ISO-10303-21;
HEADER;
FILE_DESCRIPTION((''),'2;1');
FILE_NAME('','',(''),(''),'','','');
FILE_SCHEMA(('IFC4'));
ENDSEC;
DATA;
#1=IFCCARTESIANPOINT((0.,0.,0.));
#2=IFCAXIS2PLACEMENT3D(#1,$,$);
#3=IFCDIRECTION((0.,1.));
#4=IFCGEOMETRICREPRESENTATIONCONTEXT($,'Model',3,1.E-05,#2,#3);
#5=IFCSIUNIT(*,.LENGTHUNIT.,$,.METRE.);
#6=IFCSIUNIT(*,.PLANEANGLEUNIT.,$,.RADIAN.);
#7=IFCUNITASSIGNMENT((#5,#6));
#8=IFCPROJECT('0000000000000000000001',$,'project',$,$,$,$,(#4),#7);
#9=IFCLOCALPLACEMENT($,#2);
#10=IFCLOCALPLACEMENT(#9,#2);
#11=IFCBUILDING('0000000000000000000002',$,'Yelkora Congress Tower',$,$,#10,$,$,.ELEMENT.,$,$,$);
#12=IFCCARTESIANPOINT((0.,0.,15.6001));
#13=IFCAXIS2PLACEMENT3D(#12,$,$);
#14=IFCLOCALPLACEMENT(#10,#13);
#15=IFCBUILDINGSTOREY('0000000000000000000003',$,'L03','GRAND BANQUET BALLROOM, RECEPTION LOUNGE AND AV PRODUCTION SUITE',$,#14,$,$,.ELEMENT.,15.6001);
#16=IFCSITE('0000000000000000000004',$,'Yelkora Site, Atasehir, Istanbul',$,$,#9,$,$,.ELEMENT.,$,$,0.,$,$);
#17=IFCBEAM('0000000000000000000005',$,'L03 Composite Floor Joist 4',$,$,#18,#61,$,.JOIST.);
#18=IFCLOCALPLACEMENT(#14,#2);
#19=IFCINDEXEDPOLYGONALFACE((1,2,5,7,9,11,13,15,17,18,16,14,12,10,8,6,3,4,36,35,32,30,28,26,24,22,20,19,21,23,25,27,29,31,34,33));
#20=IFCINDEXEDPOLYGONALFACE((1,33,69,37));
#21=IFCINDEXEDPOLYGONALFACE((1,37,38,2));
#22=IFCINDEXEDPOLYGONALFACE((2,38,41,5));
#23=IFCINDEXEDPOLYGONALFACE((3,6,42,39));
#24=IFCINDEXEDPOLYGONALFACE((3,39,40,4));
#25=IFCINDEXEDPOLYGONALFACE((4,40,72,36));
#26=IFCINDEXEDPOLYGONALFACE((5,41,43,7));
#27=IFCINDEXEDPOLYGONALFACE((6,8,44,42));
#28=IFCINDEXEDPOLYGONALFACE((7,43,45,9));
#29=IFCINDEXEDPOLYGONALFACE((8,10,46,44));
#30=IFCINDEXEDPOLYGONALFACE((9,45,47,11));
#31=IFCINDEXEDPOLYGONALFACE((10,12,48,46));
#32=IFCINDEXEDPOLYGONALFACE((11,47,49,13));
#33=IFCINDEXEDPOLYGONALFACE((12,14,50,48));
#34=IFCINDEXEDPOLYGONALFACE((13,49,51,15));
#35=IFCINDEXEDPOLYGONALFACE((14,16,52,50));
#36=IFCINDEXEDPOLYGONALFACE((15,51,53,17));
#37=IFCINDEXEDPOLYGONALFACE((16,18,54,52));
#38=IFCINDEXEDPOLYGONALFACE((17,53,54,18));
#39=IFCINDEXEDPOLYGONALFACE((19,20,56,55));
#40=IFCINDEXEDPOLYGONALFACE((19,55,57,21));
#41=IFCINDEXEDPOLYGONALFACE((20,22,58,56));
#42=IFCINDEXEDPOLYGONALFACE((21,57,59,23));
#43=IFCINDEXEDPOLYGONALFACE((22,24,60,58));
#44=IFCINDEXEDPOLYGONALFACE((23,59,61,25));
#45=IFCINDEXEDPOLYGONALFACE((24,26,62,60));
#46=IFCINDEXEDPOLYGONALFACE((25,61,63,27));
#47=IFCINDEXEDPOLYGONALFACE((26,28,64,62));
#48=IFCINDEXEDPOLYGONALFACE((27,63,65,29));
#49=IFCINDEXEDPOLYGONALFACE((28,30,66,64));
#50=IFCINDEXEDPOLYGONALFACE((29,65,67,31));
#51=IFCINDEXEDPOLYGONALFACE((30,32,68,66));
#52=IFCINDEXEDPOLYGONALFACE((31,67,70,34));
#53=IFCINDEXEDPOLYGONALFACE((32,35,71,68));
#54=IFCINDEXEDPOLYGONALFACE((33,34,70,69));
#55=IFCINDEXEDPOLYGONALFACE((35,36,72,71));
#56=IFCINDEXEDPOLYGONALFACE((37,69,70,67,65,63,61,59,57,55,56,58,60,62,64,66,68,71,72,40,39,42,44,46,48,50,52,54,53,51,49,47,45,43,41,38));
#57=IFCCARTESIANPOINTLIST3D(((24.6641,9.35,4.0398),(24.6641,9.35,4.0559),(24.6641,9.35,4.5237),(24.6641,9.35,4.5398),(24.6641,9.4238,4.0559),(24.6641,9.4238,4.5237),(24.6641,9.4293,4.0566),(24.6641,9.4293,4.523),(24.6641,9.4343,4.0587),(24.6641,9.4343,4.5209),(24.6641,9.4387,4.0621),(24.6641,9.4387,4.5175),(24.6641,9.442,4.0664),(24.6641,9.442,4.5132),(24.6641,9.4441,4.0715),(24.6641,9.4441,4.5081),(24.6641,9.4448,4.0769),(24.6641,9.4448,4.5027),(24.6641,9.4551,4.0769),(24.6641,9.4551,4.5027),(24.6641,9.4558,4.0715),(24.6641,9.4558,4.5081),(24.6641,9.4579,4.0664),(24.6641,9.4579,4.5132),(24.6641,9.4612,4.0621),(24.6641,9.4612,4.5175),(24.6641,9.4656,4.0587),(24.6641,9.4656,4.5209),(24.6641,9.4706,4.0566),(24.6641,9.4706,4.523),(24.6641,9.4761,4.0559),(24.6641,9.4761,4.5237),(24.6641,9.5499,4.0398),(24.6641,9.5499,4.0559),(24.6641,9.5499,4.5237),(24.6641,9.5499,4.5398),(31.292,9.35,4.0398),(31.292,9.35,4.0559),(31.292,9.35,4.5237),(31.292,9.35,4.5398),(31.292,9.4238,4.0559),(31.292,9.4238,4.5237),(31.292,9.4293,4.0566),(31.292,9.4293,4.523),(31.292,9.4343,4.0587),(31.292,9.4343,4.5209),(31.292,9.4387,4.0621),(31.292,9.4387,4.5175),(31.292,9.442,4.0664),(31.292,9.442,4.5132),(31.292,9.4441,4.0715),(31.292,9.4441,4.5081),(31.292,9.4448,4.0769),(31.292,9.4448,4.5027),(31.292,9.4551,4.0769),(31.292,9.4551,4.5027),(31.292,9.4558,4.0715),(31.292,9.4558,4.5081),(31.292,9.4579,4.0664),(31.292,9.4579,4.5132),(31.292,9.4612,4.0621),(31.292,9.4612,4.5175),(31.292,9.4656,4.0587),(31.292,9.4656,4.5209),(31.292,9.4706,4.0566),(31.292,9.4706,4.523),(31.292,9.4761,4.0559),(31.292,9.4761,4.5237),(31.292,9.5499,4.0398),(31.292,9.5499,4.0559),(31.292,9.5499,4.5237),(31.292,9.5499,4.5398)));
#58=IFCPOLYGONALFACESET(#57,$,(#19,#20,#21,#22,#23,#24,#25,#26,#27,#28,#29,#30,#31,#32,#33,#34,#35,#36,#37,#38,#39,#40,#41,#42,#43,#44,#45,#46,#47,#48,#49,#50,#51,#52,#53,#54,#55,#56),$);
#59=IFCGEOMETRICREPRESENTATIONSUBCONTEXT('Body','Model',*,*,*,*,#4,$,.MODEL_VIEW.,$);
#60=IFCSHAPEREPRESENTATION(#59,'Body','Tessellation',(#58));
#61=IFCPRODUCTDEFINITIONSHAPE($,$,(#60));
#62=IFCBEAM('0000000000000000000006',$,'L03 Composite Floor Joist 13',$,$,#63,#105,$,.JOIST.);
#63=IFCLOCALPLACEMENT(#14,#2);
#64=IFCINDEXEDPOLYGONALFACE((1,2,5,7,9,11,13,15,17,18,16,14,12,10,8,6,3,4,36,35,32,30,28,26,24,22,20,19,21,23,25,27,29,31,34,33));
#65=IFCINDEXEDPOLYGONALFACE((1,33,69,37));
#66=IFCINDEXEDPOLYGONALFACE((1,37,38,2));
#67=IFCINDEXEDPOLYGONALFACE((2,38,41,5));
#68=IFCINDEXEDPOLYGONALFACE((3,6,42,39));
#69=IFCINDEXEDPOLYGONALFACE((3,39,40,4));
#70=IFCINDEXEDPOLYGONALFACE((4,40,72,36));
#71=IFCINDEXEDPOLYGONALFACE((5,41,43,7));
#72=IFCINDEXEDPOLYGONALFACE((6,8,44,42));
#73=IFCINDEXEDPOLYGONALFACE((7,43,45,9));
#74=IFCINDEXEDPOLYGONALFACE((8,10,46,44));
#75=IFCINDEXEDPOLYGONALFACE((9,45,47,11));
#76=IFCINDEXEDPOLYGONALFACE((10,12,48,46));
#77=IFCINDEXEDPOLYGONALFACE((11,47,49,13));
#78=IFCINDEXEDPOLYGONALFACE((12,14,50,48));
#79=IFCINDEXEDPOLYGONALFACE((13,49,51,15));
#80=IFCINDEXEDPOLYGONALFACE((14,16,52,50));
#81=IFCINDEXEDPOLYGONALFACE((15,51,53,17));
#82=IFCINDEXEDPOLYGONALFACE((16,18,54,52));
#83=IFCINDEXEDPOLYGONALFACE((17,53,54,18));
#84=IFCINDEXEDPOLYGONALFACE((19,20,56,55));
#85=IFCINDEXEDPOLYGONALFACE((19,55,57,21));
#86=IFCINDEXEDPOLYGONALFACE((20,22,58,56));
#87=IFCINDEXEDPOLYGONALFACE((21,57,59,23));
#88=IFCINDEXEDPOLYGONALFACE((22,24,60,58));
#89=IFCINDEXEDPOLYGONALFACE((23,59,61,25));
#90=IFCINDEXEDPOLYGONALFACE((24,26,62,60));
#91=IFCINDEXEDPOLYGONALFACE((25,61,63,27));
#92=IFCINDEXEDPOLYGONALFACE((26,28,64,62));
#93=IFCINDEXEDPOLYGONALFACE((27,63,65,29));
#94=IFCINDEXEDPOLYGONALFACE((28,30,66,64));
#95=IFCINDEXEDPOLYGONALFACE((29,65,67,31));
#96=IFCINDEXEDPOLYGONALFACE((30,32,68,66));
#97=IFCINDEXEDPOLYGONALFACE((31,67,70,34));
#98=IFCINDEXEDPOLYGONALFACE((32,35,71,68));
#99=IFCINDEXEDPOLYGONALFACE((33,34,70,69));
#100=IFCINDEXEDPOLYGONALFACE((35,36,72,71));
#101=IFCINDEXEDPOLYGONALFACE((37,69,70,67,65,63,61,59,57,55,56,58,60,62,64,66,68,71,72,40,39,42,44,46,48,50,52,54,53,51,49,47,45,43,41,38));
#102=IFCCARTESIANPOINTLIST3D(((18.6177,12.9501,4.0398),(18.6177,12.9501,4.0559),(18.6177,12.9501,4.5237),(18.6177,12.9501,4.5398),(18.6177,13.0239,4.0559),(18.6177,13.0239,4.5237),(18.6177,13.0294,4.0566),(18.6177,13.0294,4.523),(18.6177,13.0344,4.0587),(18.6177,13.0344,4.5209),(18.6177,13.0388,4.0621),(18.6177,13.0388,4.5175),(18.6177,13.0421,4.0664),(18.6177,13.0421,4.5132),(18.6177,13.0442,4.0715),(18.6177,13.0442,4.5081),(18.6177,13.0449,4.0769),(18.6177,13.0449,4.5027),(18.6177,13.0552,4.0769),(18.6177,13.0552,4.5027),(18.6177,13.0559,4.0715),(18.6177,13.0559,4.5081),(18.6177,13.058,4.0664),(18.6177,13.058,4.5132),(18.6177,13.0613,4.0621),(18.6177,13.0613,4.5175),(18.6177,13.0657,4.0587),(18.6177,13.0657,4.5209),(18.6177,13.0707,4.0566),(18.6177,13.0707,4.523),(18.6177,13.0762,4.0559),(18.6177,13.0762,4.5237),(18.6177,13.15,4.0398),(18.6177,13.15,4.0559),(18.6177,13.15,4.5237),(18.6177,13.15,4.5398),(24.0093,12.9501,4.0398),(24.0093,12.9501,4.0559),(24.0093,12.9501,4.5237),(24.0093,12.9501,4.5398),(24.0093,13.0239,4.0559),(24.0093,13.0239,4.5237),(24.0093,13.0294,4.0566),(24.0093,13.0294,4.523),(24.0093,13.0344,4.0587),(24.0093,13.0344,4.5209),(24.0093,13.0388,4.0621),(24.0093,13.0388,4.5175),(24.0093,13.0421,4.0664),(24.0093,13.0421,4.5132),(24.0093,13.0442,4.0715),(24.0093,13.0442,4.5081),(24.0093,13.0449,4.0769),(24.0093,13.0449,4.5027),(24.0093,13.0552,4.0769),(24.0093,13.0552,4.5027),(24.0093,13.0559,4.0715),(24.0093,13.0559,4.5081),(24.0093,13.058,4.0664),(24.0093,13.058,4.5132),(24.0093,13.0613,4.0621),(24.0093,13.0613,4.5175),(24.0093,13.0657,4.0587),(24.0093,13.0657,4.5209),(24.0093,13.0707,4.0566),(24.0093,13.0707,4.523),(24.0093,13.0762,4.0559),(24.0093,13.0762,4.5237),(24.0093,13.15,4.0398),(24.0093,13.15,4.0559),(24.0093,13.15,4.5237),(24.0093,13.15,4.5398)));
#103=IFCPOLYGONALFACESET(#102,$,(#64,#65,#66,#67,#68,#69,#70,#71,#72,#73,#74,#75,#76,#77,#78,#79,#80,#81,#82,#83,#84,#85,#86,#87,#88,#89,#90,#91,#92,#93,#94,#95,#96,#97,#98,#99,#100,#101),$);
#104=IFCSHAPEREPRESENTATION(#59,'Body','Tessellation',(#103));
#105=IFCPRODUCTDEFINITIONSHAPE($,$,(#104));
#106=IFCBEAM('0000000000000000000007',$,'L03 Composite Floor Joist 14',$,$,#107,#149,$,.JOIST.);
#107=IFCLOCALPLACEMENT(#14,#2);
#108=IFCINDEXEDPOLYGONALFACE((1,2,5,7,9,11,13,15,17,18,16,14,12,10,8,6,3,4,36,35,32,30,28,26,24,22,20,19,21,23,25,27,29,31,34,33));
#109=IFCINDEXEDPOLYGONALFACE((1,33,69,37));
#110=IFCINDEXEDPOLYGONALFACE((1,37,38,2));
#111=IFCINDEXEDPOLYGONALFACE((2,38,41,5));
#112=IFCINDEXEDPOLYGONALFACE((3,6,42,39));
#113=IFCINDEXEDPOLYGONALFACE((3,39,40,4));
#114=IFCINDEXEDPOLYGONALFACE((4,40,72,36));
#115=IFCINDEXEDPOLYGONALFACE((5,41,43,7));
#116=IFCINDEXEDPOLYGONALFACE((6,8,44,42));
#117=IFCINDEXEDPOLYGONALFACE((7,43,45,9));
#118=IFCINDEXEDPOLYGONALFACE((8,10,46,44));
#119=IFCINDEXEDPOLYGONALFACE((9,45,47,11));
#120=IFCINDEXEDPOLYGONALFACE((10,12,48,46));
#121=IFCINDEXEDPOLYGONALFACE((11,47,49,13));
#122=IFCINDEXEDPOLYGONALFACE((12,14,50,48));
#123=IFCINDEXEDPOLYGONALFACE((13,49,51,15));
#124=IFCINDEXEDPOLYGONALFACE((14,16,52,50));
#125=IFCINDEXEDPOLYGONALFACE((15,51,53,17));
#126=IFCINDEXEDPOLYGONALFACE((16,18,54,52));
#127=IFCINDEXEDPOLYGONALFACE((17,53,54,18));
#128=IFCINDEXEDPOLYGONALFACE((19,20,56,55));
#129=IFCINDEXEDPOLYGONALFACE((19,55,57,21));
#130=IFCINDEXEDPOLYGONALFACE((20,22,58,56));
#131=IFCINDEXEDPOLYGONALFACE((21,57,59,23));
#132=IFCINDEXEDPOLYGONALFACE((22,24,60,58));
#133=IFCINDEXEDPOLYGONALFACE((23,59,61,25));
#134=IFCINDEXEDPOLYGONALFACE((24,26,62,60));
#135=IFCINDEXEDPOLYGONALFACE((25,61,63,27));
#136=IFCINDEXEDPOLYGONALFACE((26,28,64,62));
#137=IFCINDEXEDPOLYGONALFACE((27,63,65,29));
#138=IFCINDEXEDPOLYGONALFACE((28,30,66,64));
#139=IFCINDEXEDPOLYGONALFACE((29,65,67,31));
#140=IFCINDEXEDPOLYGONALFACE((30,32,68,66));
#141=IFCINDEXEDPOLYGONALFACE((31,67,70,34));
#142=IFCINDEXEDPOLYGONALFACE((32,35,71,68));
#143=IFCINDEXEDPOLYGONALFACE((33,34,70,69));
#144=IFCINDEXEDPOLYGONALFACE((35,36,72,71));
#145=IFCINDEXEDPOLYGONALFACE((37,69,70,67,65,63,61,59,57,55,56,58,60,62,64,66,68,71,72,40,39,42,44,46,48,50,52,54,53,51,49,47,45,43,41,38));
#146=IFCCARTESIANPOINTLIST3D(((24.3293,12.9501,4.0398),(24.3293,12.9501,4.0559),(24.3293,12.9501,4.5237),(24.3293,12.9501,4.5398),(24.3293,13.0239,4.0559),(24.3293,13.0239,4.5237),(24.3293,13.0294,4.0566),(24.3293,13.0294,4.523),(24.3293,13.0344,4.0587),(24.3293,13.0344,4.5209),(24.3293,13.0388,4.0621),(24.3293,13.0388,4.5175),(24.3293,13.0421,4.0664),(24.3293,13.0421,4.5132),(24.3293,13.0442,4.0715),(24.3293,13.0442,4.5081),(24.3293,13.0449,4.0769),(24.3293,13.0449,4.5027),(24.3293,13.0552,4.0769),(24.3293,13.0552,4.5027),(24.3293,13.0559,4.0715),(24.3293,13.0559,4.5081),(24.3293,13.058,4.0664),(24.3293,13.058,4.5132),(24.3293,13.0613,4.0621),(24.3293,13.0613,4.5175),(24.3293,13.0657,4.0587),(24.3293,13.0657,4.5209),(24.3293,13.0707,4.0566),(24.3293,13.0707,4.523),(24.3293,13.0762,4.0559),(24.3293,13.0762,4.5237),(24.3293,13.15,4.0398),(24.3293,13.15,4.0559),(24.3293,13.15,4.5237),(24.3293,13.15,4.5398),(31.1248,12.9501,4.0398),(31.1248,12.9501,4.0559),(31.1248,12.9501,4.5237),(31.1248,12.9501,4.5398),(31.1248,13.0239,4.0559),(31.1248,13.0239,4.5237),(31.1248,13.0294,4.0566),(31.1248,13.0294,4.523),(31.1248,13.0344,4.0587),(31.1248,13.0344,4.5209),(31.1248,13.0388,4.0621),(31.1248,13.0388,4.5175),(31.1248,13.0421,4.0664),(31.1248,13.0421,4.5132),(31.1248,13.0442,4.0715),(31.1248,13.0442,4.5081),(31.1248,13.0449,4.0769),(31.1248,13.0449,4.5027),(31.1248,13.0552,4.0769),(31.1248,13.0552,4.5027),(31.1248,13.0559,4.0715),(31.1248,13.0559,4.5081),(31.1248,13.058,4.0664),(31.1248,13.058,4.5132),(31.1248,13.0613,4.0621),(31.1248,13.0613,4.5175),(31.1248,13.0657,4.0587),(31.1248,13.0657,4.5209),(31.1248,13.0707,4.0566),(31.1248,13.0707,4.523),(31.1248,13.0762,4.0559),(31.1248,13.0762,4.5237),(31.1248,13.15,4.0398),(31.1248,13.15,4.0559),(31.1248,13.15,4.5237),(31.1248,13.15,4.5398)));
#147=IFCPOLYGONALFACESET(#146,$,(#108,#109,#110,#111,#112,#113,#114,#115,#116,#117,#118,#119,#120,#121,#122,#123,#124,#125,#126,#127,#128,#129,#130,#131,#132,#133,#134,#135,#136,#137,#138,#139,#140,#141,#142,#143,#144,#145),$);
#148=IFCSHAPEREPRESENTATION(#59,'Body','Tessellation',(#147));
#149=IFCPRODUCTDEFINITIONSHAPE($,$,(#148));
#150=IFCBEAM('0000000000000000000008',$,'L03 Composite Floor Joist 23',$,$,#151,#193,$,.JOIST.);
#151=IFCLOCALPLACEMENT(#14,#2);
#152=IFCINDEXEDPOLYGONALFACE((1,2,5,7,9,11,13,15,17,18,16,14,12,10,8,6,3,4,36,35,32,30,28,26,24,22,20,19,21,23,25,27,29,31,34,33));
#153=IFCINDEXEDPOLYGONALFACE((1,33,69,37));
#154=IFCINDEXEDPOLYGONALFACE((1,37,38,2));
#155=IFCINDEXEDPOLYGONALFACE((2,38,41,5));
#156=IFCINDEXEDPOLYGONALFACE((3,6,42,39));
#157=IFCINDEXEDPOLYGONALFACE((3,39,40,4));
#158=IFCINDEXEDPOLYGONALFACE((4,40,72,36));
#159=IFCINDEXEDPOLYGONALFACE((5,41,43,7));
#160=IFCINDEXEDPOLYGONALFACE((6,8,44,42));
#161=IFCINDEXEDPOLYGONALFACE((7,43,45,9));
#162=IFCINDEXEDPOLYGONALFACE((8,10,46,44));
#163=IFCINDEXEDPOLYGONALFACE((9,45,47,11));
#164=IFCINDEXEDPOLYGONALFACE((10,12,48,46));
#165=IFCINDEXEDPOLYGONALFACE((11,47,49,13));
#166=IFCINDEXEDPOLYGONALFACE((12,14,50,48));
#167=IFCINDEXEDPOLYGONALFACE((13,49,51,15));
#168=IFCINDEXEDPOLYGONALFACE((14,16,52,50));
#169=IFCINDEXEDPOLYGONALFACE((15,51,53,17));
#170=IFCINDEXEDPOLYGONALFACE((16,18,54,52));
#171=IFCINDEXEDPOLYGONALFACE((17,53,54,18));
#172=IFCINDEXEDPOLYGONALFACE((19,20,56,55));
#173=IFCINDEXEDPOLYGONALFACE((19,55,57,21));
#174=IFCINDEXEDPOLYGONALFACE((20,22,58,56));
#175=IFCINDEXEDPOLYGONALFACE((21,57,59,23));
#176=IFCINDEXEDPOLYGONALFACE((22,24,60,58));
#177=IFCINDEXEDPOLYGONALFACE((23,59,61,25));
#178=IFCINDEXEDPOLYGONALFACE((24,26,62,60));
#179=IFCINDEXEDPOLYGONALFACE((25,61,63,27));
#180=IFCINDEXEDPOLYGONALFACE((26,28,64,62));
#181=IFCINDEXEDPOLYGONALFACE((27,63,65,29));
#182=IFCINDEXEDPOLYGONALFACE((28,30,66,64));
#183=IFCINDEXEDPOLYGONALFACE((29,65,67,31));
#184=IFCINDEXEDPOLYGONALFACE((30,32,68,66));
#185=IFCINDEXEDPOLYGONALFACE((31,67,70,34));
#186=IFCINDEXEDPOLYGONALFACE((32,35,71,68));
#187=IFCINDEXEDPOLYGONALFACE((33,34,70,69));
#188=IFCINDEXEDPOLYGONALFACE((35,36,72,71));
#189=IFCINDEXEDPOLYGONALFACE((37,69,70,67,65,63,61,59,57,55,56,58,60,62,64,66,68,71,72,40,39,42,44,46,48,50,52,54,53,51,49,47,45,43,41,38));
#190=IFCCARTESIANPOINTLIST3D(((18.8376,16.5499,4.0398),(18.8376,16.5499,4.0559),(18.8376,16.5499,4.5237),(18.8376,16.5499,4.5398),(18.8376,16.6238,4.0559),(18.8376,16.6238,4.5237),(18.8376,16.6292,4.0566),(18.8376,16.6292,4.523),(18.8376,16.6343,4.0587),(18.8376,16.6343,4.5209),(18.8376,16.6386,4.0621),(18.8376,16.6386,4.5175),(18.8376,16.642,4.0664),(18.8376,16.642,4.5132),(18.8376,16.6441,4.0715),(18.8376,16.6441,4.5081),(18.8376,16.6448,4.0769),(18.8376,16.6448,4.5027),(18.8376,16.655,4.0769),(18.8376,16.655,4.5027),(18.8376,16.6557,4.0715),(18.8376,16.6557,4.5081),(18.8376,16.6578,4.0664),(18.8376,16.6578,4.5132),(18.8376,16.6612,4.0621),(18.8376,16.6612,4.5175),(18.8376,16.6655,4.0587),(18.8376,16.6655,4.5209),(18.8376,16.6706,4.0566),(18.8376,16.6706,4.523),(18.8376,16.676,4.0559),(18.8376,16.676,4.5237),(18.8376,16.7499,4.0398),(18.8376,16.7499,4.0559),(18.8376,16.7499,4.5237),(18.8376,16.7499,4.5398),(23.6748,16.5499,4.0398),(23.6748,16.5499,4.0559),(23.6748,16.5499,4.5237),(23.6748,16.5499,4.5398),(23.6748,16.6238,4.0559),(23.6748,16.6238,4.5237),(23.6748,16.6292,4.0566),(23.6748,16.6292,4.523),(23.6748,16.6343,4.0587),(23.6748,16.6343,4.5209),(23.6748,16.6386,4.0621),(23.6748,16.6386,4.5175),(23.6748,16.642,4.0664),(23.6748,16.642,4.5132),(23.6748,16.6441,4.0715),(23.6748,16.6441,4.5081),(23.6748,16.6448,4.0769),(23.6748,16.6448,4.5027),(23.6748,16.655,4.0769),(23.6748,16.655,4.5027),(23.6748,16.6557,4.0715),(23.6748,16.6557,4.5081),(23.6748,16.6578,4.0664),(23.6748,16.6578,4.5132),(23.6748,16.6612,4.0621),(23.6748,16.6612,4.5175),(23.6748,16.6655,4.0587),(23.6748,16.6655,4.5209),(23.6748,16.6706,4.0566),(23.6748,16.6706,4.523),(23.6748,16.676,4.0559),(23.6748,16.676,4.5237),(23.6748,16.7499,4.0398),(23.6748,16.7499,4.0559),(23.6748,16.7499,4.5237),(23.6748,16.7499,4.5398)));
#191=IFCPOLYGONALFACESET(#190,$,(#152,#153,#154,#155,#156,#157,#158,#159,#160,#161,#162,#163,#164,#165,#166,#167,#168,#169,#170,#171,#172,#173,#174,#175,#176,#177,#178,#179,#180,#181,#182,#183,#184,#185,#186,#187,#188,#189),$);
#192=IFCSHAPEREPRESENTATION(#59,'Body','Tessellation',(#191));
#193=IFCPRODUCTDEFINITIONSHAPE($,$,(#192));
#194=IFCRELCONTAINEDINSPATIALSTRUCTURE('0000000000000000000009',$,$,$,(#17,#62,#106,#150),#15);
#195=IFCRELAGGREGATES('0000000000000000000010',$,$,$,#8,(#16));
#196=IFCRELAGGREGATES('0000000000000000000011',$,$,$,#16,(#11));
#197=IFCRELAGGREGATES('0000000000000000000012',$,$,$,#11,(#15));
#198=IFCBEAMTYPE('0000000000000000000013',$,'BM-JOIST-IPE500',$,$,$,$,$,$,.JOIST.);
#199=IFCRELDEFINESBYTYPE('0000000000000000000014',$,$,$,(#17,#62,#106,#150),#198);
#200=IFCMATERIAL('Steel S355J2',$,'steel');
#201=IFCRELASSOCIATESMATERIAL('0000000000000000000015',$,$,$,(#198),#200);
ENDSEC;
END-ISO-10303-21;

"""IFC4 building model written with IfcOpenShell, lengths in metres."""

from ifc_helpers import new_model, si_unit, direction, frame, origin, origin_2d, place, context, subcontext, project, spatial, i_section, extrude, material, material_profile, profile_set, type_object, element, save


model = new_model("IFC4")

# Units and contexts
model_context = context("Model", 3, precision=1e-05, world=origin(), true_north=direction((0.0, 1.0)))
body_context = subcontext(model_context, "Body", "Model", "MODEL_VIEW")
ifc_project = project(units=[si_unit("LENGTHUNIT", "METRE"), si_unit("PLANEANGLEUNIT", "RADIAN")], contexts=[model_context])

# Site, building, storey
site_placement = place(None, origin())
site = spatial("IfcSite", under=ifc_project, at=site_placement, Name="Yelkora Site, Atasehir, Istanbul", CompositionType="ELEMENT", RefElevation=0.0)
building_placement = place(site_placement, origin())
building = spatial("IfcBuilding", under=site, at=building_placement, Name="Yelkora Congress Tower", CompositionType="ELEMENT")
storey_placement = place(building_placement, frame((0.0, 0.0, 15.6001)))
storey = spatial("IfcBuildingStorey", under=building, at=storey_placement, Name="L03", Description="GRAND BANQUET BALLROOM, RECEPTION LOUNGE AND AV PRODUCTION SUITE", CompositionType="ELEMENT", Elevation=15.6001)

# Beams
ifc_material_1 = material(Name="Steel S355J2", Category="steel")
ifc_material_profile_1 = material_profile(ifc_material_1, i_section(OverallWidth=0.2, OverallDepth=0.5, WebThickness=0.0103, FlangeThickness=0.0161, FilletRadius=0.021, at=origin_2d()), Name="IPE 500")
ifc_profile_set_1 = profile_set([ifc_material_profile_1], Name="Steel S355J2")
beam_type_1 = type_object("IfcBeamType", Name="BM-JOIST-IPE500", PredefinedType="JOIST", material=ifc_profile_set_1)
beam_1_placement = place(storey_placement, frame((24.6641, 9.45, 4.2898), z_axis=(1.0, 0.0, 0.0), x_axis=(0.0, 1.0, 0.0)))
element("IfcBeam", 1, at=beam_1_placement, inside=storey, type_object=beam_type_1, Name="L03 Composite Floor Joist 4", PredefinedType="JOIST", context=body_context, shape_type="SweptSolid", body=[
    extrude(i_section(OverallWidth=0.2, OverallDepth=0.5, WebThickness=0.0103, FlangeThickness=0.0161, FilletRadius=0.021, at=origin_2d()), origin(), (0.0, 0.0, 1.0), 6.6279),
])
beam_2_placement = place(storey_placement, frame((18.6177, 13.05, 4.2898), z_axis=(1.0, 0.0, 0.0), x_axis=(0.0, 1.0, 0.0)))
element("IfcBeam", 2, at=beam_2_placement, inside=storey, type_object=beam_type_1, Name="L03 Composite Floor Joist 13", PredefinedType="JOIST", context=body_context, shape_type="SweptSolid", body=[
    extrude(i_section(OverallWidth=0.2, OverallDepth=0.5, WebThickness=0.0103, FlangeThickness=0.0161, FilletRadius=0.021, at=origin_2d()), origin(), (0.0, 0.0, 1.0), 5.3916),
])
beam_3_placement = place(storey_placement, frame((24.3293, 13.05, 4.2898), z_axis=(1.0, 0.0, 0.0), x_axis=(0.0, 1.0, 0.0)))
element("IfcBeam", 3, at=beam_3_placement, inside=storey, type_object=beam_type_1, Name="L03 Composite Floor Joist 14", PredefinedType="JOIST", context=body_context, shape_type="SweptSolid", body=[
    extrude(i_section(OverallWidth=0.2, OverallDepth=0.5, WebThickness=0.0103, FlangeThickness=0.0161, FilletRadius=0.021, at=origin_2d()), origin(), (0.0, 0.0, 1.0), 6.7954),
])
beam_4_placement = place(storey_placement, frame((18.8376, 16.6499, 4.2898), z_axis=(1.0, 0.0, 0.0), x_axis=(0.0, 1.0, 0.0)))
element("IfcBeam", 4, at=beam_4_placement, inside=storey, type_object=beam_type_1, Name="L03 Composite Floor Joist 23", PredefinedType="JOIST", context=body_context, shape_type="SweptSolid", body=[
    extrude(i_section(OverallWidth=0.2, OverallDepth=0.5, WebThickness=0.0103, FlangeThickness=0.0161, FilletRadius=0.021, at=origin_2d()), origin(), (0.0, 0.0, 1.0), 4.8372),
])

save(model, "model.ifc")
